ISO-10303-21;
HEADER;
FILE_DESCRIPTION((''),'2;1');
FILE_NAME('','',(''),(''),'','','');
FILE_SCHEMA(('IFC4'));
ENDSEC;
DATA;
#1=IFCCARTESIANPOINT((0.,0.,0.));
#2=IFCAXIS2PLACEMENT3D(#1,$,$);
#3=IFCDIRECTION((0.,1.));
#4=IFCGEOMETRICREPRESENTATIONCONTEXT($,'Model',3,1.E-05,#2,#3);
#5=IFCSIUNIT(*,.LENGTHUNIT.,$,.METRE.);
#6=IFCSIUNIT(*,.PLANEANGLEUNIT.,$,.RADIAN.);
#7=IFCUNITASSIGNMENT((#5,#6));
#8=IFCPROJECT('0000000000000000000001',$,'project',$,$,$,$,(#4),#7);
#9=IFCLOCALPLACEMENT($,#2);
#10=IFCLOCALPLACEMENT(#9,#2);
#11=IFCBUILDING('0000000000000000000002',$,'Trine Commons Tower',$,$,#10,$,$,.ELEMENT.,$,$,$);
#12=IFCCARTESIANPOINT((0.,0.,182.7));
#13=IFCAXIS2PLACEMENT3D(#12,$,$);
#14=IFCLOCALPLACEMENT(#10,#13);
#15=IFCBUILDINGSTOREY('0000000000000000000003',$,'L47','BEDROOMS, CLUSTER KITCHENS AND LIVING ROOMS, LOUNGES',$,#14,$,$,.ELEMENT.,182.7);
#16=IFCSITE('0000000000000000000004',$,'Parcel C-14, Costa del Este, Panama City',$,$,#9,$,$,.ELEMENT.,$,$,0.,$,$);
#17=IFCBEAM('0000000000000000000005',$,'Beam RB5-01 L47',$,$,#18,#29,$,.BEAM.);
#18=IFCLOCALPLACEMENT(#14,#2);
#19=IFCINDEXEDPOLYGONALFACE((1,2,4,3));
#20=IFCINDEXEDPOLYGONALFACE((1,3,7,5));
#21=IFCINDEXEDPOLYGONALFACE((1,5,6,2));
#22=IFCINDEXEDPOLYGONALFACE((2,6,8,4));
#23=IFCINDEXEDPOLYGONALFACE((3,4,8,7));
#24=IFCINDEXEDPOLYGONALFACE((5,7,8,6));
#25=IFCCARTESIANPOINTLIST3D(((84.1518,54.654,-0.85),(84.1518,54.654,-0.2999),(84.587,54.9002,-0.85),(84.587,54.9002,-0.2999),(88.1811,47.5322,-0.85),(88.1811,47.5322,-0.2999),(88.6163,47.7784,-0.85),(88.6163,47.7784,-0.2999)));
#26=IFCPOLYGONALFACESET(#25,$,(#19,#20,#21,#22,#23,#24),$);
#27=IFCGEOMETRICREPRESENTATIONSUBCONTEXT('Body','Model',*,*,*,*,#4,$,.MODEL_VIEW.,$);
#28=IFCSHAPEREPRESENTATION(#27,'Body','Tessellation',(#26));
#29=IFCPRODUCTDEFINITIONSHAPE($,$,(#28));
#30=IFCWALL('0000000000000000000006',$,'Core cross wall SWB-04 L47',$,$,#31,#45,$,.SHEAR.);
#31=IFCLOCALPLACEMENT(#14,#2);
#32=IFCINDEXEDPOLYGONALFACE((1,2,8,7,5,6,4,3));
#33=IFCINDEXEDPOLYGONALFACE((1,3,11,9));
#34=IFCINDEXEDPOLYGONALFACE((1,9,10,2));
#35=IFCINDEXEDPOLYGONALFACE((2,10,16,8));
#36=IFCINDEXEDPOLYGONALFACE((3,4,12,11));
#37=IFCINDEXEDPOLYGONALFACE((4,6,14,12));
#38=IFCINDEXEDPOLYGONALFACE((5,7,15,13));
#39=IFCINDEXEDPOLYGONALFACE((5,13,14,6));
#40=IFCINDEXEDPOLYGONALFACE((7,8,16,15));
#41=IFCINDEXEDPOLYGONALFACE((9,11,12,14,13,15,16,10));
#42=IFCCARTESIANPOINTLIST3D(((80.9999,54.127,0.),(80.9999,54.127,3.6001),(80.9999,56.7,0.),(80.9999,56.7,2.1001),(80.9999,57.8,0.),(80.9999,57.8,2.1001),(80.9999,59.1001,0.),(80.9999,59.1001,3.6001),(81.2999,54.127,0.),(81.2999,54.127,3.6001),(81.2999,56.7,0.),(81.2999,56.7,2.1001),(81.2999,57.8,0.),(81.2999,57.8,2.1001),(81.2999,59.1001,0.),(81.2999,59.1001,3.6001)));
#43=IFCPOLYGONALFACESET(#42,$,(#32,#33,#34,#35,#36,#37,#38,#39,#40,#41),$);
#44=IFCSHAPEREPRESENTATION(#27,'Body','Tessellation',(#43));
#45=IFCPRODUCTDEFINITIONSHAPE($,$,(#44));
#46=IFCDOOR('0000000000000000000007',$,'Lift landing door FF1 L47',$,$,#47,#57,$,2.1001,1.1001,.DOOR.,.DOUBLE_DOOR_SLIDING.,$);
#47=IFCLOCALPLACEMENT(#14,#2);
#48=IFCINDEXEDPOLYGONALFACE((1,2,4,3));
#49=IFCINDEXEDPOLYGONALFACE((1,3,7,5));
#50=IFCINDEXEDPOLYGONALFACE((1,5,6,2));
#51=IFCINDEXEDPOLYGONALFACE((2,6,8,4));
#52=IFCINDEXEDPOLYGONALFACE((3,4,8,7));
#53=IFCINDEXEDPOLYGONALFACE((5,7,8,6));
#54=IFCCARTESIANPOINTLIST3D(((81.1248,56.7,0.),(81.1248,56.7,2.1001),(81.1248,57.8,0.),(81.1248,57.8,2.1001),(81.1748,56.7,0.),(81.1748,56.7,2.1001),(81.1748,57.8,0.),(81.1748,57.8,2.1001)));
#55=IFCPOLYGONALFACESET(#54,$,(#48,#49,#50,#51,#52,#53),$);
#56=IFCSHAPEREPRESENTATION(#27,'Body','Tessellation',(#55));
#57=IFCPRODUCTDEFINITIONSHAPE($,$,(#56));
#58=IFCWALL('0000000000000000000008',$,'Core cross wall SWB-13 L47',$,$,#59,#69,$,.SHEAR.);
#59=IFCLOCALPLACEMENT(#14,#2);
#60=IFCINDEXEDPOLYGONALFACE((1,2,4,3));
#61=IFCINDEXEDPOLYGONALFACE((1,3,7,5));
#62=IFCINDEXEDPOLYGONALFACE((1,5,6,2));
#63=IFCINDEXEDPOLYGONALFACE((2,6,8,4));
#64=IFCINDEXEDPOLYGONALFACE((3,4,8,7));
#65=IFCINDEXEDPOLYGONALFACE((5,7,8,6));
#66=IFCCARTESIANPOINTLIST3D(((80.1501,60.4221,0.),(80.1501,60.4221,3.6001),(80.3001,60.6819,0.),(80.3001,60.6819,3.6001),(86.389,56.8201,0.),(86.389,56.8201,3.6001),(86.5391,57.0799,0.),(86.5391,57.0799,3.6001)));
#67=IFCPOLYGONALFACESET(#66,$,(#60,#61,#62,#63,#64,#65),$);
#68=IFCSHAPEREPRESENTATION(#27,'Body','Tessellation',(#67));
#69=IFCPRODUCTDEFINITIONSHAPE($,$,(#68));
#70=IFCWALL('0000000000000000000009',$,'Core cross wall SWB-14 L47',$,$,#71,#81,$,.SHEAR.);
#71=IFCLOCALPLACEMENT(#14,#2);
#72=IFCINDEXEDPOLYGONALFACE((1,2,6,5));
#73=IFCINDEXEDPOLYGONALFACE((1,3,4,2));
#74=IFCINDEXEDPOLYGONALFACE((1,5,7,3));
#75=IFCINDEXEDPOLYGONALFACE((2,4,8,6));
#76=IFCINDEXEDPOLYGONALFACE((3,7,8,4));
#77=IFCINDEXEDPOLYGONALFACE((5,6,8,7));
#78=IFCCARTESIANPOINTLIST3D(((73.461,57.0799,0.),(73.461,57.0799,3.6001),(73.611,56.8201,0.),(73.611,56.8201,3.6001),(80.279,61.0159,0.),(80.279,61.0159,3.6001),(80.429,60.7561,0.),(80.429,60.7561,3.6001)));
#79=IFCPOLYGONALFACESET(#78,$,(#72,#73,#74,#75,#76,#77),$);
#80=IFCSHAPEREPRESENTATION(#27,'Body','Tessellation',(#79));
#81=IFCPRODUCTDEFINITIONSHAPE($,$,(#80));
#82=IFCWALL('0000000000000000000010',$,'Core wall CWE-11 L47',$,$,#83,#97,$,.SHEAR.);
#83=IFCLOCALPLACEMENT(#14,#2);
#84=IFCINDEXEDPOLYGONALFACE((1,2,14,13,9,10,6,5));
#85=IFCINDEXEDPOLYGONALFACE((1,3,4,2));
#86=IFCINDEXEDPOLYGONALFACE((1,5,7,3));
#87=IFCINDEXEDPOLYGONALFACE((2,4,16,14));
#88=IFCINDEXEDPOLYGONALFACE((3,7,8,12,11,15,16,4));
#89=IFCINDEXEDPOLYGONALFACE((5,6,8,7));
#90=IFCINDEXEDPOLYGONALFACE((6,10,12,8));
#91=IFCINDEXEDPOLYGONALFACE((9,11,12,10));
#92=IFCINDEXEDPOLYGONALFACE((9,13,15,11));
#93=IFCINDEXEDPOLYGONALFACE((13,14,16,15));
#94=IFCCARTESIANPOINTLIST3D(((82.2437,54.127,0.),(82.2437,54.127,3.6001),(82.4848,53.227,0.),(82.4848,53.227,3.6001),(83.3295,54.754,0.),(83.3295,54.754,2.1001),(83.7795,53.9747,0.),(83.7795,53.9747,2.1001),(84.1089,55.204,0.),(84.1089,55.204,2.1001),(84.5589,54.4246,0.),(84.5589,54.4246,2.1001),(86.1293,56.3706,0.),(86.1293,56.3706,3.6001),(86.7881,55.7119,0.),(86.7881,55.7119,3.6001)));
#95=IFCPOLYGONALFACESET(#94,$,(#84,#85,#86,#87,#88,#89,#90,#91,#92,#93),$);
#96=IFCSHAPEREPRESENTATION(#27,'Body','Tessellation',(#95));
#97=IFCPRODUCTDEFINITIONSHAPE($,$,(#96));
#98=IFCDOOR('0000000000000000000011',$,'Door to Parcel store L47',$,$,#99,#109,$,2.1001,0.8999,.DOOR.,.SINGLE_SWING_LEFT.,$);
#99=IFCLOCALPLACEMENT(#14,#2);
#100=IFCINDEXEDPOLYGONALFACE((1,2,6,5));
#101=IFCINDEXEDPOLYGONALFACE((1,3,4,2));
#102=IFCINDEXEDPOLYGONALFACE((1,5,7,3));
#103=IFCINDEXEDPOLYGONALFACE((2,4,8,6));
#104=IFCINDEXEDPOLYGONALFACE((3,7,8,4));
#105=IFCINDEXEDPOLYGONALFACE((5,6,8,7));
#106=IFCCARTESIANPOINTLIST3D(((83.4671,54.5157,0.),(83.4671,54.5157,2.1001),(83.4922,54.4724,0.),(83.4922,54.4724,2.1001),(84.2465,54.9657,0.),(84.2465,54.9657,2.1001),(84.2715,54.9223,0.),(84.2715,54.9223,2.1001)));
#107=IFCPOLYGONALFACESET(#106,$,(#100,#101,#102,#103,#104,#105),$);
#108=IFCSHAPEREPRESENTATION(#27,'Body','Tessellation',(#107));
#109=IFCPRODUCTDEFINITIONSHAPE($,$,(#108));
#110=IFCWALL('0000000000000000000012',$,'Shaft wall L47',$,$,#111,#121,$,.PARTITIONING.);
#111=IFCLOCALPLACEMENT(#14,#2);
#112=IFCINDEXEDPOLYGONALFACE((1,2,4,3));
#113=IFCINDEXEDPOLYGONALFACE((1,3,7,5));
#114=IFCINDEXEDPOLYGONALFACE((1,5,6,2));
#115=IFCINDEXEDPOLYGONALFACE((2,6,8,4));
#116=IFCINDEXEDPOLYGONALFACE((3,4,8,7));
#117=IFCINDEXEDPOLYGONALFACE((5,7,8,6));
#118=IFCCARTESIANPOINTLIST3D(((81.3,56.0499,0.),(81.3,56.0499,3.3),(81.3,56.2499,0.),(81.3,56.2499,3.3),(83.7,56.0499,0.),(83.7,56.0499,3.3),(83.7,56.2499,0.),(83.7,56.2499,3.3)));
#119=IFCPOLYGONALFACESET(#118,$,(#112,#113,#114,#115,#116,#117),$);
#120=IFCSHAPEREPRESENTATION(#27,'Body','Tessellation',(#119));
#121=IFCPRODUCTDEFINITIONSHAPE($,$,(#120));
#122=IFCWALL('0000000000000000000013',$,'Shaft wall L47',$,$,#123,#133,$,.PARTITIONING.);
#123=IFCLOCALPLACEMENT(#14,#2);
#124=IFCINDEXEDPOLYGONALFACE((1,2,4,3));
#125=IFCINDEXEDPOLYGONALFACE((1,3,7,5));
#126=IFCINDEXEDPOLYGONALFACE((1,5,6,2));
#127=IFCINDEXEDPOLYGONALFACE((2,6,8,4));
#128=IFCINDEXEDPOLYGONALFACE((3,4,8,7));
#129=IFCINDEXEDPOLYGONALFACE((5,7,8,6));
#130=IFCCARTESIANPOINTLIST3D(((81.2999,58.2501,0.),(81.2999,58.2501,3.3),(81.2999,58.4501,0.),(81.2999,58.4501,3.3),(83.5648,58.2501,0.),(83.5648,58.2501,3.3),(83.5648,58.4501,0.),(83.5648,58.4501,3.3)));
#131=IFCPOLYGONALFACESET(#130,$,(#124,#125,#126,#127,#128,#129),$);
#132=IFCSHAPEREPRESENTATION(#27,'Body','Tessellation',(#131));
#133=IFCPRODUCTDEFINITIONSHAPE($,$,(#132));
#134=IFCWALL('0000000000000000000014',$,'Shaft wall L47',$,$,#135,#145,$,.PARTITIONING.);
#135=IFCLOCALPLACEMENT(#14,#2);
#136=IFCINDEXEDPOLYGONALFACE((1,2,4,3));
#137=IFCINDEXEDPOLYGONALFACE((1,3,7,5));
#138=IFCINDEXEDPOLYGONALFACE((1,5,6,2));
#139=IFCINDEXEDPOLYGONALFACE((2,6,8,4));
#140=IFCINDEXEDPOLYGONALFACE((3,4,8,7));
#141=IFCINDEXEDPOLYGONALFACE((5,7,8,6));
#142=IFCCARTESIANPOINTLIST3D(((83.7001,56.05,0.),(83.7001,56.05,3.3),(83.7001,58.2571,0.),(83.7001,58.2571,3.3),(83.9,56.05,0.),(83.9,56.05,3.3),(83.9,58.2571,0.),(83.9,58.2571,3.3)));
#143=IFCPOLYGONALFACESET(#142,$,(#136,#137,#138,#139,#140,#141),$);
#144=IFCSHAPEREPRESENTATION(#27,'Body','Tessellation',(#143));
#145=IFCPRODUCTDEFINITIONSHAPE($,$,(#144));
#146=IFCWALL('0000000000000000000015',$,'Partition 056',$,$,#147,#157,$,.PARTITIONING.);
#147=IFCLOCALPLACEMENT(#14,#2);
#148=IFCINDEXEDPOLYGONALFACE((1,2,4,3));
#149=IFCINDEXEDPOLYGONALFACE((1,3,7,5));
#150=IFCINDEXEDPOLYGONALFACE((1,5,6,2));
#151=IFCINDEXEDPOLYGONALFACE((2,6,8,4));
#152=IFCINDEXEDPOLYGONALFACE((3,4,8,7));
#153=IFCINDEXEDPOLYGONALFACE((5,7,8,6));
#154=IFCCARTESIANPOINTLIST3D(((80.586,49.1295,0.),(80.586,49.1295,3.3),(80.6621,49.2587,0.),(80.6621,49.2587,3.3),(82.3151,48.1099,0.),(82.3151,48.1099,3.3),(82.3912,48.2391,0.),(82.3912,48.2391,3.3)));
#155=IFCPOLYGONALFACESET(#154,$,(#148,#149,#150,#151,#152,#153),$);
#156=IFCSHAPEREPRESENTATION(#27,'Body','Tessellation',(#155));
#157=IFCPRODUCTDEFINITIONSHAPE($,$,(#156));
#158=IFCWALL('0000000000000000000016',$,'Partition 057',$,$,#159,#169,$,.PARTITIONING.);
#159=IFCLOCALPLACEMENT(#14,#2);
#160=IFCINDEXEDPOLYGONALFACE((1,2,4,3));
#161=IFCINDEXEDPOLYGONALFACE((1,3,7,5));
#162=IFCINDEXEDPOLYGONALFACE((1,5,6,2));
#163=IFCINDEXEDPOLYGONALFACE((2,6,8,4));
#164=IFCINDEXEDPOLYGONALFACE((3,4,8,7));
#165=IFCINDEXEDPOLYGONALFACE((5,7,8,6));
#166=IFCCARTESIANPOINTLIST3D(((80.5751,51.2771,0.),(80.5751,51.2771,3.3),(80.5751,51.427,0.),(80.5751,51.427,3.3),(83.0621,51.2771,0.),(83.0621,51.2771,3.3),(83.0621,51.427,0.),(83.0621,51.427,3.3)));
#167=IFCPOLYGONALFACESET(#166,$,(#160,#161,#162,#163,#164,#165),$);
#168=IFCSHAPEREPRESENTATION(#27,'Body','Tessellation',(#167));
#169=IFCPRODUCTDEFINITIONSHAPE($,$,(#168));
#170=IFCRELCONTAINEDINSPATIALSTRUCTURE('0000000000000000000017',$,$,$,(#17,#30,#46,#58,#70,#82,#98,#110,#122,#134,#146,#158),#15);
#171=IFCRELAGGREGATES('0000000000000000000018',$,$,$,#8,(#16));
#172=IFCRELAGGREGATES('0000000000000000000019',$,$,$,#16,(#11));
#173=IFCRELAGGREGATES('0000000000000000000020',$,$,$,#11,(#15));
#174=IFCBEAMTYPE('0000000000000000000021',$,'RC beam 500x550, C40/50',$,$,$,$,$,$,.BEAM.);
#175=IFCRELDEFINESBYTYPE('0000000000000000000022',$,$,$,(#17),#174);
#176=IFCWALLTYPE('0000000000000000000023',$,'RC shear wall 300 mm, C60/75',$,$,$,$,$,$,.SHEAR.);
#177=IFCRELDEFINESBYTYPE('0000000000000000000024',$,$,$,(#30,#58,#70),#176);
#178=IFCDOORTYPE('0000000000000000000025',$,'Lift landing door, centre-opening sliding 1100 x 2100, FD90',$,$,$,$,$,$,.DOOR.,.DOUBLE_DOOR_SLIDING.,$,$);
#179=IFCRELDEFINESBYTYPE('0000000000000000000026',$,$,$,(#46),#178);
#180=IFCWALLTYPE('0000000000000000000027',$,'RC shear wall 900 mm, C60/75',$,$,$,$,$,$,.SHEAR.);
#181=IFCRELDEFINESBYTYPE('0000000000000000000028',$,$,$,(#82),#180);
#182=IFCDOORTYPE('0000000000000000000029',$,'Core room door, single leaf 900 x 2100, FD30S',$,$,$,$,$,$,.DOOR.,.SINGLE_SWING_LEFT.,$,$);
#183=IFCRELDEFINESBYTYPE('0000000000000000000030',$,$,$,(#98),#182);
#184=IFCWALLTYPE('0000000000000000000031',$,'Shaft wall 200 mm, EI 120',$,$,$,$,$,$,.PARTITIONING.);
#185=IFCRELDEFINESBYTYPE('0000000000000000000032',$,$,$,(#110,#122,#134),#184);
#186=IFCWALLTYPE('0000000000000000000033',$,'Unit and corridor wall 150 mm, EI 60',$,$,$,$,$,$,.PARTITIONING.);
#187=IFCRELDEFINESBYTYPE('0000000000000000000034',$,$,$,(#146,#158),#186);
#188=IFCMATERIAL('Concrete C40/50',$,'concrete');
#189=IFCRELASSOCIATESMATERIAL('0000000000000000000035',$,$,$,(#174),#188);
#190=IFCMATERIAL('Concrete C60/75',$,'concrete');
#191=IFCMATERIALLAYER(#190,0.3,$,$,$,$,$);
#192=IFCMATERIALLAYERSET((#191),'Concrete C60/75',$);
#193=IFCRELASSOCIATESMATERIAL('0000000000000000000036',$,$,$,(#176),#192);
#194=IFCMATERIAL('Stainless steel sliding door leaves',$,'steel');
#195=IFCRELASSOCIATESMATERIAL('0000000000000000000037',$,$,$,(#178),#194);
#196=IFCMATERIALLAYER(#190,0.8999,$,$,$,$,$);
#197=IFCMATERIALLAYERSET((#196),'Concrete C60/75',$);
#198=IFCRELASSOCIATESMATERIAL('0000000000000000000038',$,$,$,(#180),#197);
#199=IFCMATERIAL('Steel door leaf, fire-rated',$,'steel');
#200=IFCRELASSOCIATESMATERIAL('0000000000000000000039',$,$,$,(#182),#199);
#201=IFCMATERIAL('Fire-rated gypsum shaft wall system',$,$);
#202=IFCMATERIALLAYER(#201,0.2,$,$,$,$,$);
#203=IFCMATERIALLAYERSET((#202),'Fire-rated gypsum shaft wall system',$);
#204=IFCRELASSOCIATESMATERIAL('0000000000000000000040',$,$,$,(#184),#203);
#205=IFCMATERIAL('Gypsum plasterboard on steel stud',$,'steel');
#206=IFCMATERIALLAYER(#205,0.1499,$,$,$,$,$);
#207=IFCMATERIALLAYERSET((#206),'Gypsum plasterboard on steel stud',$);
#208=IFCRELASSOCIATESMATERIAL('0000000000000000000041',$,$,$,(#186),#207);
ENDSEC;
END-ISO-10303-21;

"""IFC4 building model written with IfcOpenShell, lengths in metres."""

from ifc_helpers import new_model, si_unit, direction, frame, frame_2d, origin, origin_2d, place, context, subcontext, project, spatial, polyline, rectangle, outline, extrude, material, layer, layer_set, material_profile, profile_set, type_object, element, fill, save


model = new_model("IFC4")

# Units and contexts
model_context = context("Model", 3, precision=1e-05, world=origin(), true_north=direction((0.0, 1.0)))
body_context = subcontext(model_context, "Body", "Model", "MODEL_VIEW")
ifc_project = project(units=[si_unit("LENGTHUNIT", "METRE"), si_unit("PLANEANGLEUNIT", "RADIAN")], contexts=[model_context])

# Site, building, storey
site_placement = place(None, origin())
site = spatial("IfcSite", under=ifc_project, at=site_placement, Name="Parcel C-14, Costa del Este, Panama City", CompositionType="ELEMENT", RefElevation=0.0)
building_placement = place(site_placement, origin())
building = spatial("IfcBuilding", under=site, at=building_placement, Name="Trine Commons Tower", CompositionType="ELEMENT")
storey_placement = place(building_placement, frame((0.0, 0.0, 182.7)))
storey = spatial("IfcBuildingStorey", under=building, at=storey_placement, Name="L47", Description="BEDROOMS, CLUSTER KITCHENS AND LIVING ROOMS, LOUNGES", CompositionType="ELEMENT", Elevation=182.7)

# Beam
ifc_material_1 = material(Name="Concrete C40/50", Category="concrete")
ifc_material_profile = material_profile(ifc_material_1, rectangle(XDim=0.5, YDim=0.55, at=origin_2d()), Name="RC 500x550")
ifc_profile_set = profile_set([ifc_material_profile], Name="Concrete C40/50")
beam_type = type_object("IfcBeamType", Name="RC beam 500x550, C40/50", PredefinedType="BEAM", material=ifc_profile_set)
beam_placement = place(storey_placement, frame((84.3694, 54.7771, -0.575), z_axis=(0.49242, -0.870358, 0.0), x_axis=(0.870358, 0.49242, 0.0)))
element("IfcBeam", 1, at=beam_placement, inside=storey, type_object=beam_type, Name="Beam RB5-01 L47", PredefinedType="BEAM", context=body_context, shape_type="SweptSolid", body=[
    extrude(rectangle(XDim=0.5, YDim=0.55, at=origin_2d()), origin(), (0.0, 0.0, 1.0), 8.1826),
])

# Wall, opening, door
ifc_material_2 = material(Name="Concrete C60/75", Category="concrete")
ifc_layer_1 = layer(ifc_material_2, 0.3)
ifc_layer_set_1 = layer_set([ifc_layer_1], Name="Concrete C60/75")
wall_type_1 = type_object("IfcWallType", Name="RC shear wall 300 mm, C60/75", PredefinedType="SHEAR", material=ifc_layer_set_1)
wall_1_placement = place(storey_placement, frame((81.1499, 59.1001, 0.0), z_axis=(0.0, 0.0, 1.0), x_axis=(0.0, -1.0, 0.0)))
wall_1 = element("IfcWall", 2, at=wall_1_placement, inside=storey, type_object=wall_type_1, Name="Core cross wall SWB-04 L47", PredefinedType="SHEAR", context=body_context, shape_type="SweptSolid", body=[
    extrude(rectangle(XDim=4.9731, YDim=0.3, at=frame_2d((2.4866, 0.0))), origin(), (0.0, 0.0, 1.0), 3.6001),
])
opening_1_placement = place(wall_1_placement, frame((1.3, 0.0, 0.0)))
opening_1 = element("IfcOpeningElement", 3, at=opening_1_placement, cuts=wall_1, PredefinedType="OPENING", context=body_context, shape_type="SweptSolid", body=[
    extrude(rectangle(XDim=1.1001, YDim=2.1001, at=frame_2d((0.55, 1.05))), frame((0.0, 0.1599, 0.0), z_axis=(0.0, -1.0, 0.0), x_axis=(1.0, 0.0, 0.0)), (0.0, 0.0, 1.0), 0.3201),
])
ifc_material_3 = material(Name="Stainless steel sliding door leaves", Category="steel")
door_type_1 = type_object("IfcDoorType", Name="Lift landing door, centre-opening sliding 1100 x 2100, FD90", OperationType="DOUBLE_DOOR_SLIDING", PredefinedType="DOOR", material=ifc_material_3)
door_1_placement = place(opening_1_placement, origin())
door_1 = element("IfcDoor", 4, at=door_1_placement, inside=storey, type_object=door_type_1, Name="Lift landing door FF1 L47", OperationType="DOUBLE_DOOR_SLIDING", OverallHeight=2.1001, OverallWidth=1.1001, PredefinedType="DOOR", context=body_context, shape_type="SweptSolid", body=[
    extrude(rectangle(XDim=1.1001, YDim=2.1001, at=frame_2d((0.55, 1.05))), frame((0.0, 0.0249, 0.0), z_axis=(0.0, -1.0, 0.0), x_axis=(1.0, 0.0, 0.0)), (0.0, 0.0, 1.0), 0.05),
])
fill(opening_1, door_1)

# Walls
wall_2_placement = place(storey_placement, frame((80.2251, 60.552, 0.0), z_axis=(0.0, 0.0, 1.0), x_axis=(0.866028, -0.499995, 0.0)))
element("IfcWall", 5, at=wall_2_placement, inside=storey, type_object=wall_type_1, Name="Core cross wall SWB-13 L47", PredefinedType="SHEAR", context=body_context, shape_type="SweptSolid", body=[
    extrude(rectangle(XDim=7.2041, YDim=0.3, at=frame_2d((3.6021, 0.0))), origin(), (0.0, 0.0, 1.0), 3.6001),
])
wall_3_placement = place(storey_placement, frame((80.354, 60.886, 0.0), z_axis=(0.0, 0.0, 1.0), x_axis=(-0.866048, -0.499961, 0.0)))
element("IfcWall", 6, at=wall_3_placement, inside=storey, type_object=wall_type_1, Name="Core cross wall SWB-14 L47", PredefinedType="SHEAR", context=body_context, shape_type="SweptSolid", body=[
    extrude(rectangle(XDim=7.8726, YDim=0.3, at=frame_2d((3.9363, 0.0))), origin(), (0.0, 0.0, 1.0), 3.6001),
])

# Wall, opening, door
ifc_layer_2 = layer(ifc_material_2, 0.8999)
ifc_layer_set_2 = layer_set([ifc_layer_2], Name="Concrete C60/75")
wall_type_2 = type_object("IfcWallType", Name="RC shear wall 900 mm, C60/75", PredefinedType="SHEAR", material=ifc_layer_set_2)
wall_4_placement = place(storey_placement, frame((82.2598, 53.6167, 0.0), z_axis=(0.0, 0.0, 1.0), x_axis=(0.866003, 0.500039, 0.0)))
wall_4 = element("IfcWall", 7, at=wall_4_placement, inside=storey, type_object=wall_type_2, Name="Core wall CWE-11 L47", PredefinedType="SHEAR", context=body_context, shape_type="SweptSolid", body=[
    extrude(outline(polyline([(0.0, -0.45), (4.9692, -0.45), (4.728, 0.45), (0.2412, 0.45), (0.0, -0.45)])), origin(), (0.0, 0.0, 1.0), 3.6001),
])
opening_2_placement = place(wall_4_placement, frame((1.4951, 0.0, 0.0)))
opening_2 = element("IfcOpeningElement", 8, at=opening_2_placement, cuts=wall_4, PredefinedType="OPENING", context=body_context, shape_type="SweptSolid", body=[
    extrude(rectangle(XDim=0.8999, YDim=2.1001, at=frame_2d((0.45, 1.05))), frame((0.0, 0.46, 0.0), z_axis=(0.0, -1.0, 0.0), x_axis=(1.0, 0.0, 0.0)), (0.0, 0.0, 1.0), 0.9199),
])
ifc_material_4 = material(Name="Steel door leaf, fire-rated", Category="steel")
door_type_2 = type_object("IfcDoorType", Name="Core room door, single leaf 900 x 2100, FD30S", OperationType="SINGLE_SWING_LEFT", PredefinedType="DOOR", material=ifc_material_4)
door_2_placement = place(opening_2_placement, origin())
door_2 = element("IfcDoor", 9, at=door_2_placement, inside=storey, type_object=door_type_2, Name="Door to Parcel store L47", OperationType="SINGLE_SWING_LEFT", OverallHeight=2.1001, OverallWidth=0.8999, PredefinedType="DOOR", context=body_context, shape_type="SweptSolid", body=[
    extrude(rectangle(XDim=0.8999, YDim=2.1001, at=frame_2d((0.45, 1.05))), frame((0.0, 0.1748, 0.0), z_axis=(0.0, -1.0, 0.0), x_axis=(1.0, 0.0, 0.0)), (0.0, 0.0, 1.0), 0.05),
])
fill(opening_2, door_2)

# Walls
ifc_material_5 = material(Name="Fire-rated gypsum shaft wall system")
ifc_layer_3 = layer(ifc_material_5, 0.2)
ifc_layer_set_3 = layer_set([ifc_layer_3], Name="Fire-rated gypsum shaft wall system")
wall_type_3 = type_object("IfcWallType", Name="Shaft wall 200 mm, EI 120", PredefinedType="PARTITIONING", material=ifc_layer_set_3)
wall_5_placement = place(storey_placement, frame((81.3, 56.1499, 0.0), z_axis=(0.0, 0.0, 1.0), x_axis=(1.0, 0.0, 0.0)))
element("IfcWall", 10, at=wall_5_placement, inside=storey, type_object=wall_type_3, Name="Shaft wall L47", PredefinedType="PARTITIONING", context=body_context, shape_type="SweptSolid", body=[
    extrude(rectangle(XDim=2.3999, YDim=0.2, at=frame_2d((1.2, 0.0))), origin(), (0.0, 0.0, 1.0), 3.3),
])
wall_6_placement = place(storey_placement, frame((81.3, 58.3501, 0.0), z_axis=(0.0, 0.0, 1.0), x_axis=(1.0, 0.0, 0.0)))
element("IfcWall", 11, at=wall_6_placement, inside=storey, type_object=wall_type_3, Name="Shaft wall L47", PredefinedType="PARTITIONING", context=body_context, shape_type="SweptSolid", body=[
    extrude(rectangle(XDim=2.2649, YDim=0.2, at=frame_2d((1.1323, 0.0))), origin(), (0.0, 0.0, 1.0), 3.3),
])
wall_7_placement = place(storey_placement, frame((83.8, 58.2571, 0.0), z_axis=(0.0, 0.0, 1.0), x_axis=(0.0, -1.0, 0.0)))
element("IfcWall", 12, at=wall_7_placement, inside=storey, type_object=wall_type_3, Name="Shaft wall L47", PredefinedType="PARTITIONING", context=body_context, shape_type="SweptSolid", body=[
    extrude(rectangle(XDim=2.207, YDim=0.2, at=frame_2d((1.1035, 0.0))), origin(), (0.0, 0.0, 1.0), 3.3),
])
ifc_material_6 = material(Name="Gypsum plasterboard on steel stud", Category="steel")
ifc_layer_4 = layer(ifc_material_6, 0.1499)
ifc_layer_set_4 = layer_set([ifc_layer_4], Name="Gypsum plasterboard on steel stud")
wall_type_4 = type_object("IfcWallType", Name="Unit and corridor wall 150 mm, EI 60", PredefinedType="PARTITIONING", material=ifc_layer_set_4)
wall_8_placement = place(storey_placement, frame((80.624, 49.1941, 0.0), z_axis=(0.0, 0.0, 1.0), x_axis=(0.861396, -0.507934, 0.0)))
element("IfcWall", 13, at=wall_8_placement, inside=storey, type_object=wall_type_4, Name="Partition 056", PredefinedType="PARTITIONING", context=body_context, shape_type="SweptSolid", body=[
    extrude(rectangle(XDim=2.0073, YDim=0.1499, at=frame_2d((1.0037, 0.0))), origin(), (0.0, 0.0, 1.0), 3.3),
])
wall_9_placement = place(storey_placement, frame((80.575, 51.3521, 0.0), z_axis=(0.0, 0.0, 1.0), x_axis=(1.0, 0.0, 0.0)))
element("IfcWall", 14, at=wall_9_placement, inside=storey, type_object=wall_type_4, Name="Partition 057", PredefinedType="PARTITIONING", context=body_context, shape_type="SweptSolid", body=[
    extrude(rectangle(XDim=2.4871, YDim=0.1499, at=frame_2d((1.2437, 0.0))), origin(), (0.0, 0.0, 1.0), 3.3),
])

save(model, "model.ifc")
